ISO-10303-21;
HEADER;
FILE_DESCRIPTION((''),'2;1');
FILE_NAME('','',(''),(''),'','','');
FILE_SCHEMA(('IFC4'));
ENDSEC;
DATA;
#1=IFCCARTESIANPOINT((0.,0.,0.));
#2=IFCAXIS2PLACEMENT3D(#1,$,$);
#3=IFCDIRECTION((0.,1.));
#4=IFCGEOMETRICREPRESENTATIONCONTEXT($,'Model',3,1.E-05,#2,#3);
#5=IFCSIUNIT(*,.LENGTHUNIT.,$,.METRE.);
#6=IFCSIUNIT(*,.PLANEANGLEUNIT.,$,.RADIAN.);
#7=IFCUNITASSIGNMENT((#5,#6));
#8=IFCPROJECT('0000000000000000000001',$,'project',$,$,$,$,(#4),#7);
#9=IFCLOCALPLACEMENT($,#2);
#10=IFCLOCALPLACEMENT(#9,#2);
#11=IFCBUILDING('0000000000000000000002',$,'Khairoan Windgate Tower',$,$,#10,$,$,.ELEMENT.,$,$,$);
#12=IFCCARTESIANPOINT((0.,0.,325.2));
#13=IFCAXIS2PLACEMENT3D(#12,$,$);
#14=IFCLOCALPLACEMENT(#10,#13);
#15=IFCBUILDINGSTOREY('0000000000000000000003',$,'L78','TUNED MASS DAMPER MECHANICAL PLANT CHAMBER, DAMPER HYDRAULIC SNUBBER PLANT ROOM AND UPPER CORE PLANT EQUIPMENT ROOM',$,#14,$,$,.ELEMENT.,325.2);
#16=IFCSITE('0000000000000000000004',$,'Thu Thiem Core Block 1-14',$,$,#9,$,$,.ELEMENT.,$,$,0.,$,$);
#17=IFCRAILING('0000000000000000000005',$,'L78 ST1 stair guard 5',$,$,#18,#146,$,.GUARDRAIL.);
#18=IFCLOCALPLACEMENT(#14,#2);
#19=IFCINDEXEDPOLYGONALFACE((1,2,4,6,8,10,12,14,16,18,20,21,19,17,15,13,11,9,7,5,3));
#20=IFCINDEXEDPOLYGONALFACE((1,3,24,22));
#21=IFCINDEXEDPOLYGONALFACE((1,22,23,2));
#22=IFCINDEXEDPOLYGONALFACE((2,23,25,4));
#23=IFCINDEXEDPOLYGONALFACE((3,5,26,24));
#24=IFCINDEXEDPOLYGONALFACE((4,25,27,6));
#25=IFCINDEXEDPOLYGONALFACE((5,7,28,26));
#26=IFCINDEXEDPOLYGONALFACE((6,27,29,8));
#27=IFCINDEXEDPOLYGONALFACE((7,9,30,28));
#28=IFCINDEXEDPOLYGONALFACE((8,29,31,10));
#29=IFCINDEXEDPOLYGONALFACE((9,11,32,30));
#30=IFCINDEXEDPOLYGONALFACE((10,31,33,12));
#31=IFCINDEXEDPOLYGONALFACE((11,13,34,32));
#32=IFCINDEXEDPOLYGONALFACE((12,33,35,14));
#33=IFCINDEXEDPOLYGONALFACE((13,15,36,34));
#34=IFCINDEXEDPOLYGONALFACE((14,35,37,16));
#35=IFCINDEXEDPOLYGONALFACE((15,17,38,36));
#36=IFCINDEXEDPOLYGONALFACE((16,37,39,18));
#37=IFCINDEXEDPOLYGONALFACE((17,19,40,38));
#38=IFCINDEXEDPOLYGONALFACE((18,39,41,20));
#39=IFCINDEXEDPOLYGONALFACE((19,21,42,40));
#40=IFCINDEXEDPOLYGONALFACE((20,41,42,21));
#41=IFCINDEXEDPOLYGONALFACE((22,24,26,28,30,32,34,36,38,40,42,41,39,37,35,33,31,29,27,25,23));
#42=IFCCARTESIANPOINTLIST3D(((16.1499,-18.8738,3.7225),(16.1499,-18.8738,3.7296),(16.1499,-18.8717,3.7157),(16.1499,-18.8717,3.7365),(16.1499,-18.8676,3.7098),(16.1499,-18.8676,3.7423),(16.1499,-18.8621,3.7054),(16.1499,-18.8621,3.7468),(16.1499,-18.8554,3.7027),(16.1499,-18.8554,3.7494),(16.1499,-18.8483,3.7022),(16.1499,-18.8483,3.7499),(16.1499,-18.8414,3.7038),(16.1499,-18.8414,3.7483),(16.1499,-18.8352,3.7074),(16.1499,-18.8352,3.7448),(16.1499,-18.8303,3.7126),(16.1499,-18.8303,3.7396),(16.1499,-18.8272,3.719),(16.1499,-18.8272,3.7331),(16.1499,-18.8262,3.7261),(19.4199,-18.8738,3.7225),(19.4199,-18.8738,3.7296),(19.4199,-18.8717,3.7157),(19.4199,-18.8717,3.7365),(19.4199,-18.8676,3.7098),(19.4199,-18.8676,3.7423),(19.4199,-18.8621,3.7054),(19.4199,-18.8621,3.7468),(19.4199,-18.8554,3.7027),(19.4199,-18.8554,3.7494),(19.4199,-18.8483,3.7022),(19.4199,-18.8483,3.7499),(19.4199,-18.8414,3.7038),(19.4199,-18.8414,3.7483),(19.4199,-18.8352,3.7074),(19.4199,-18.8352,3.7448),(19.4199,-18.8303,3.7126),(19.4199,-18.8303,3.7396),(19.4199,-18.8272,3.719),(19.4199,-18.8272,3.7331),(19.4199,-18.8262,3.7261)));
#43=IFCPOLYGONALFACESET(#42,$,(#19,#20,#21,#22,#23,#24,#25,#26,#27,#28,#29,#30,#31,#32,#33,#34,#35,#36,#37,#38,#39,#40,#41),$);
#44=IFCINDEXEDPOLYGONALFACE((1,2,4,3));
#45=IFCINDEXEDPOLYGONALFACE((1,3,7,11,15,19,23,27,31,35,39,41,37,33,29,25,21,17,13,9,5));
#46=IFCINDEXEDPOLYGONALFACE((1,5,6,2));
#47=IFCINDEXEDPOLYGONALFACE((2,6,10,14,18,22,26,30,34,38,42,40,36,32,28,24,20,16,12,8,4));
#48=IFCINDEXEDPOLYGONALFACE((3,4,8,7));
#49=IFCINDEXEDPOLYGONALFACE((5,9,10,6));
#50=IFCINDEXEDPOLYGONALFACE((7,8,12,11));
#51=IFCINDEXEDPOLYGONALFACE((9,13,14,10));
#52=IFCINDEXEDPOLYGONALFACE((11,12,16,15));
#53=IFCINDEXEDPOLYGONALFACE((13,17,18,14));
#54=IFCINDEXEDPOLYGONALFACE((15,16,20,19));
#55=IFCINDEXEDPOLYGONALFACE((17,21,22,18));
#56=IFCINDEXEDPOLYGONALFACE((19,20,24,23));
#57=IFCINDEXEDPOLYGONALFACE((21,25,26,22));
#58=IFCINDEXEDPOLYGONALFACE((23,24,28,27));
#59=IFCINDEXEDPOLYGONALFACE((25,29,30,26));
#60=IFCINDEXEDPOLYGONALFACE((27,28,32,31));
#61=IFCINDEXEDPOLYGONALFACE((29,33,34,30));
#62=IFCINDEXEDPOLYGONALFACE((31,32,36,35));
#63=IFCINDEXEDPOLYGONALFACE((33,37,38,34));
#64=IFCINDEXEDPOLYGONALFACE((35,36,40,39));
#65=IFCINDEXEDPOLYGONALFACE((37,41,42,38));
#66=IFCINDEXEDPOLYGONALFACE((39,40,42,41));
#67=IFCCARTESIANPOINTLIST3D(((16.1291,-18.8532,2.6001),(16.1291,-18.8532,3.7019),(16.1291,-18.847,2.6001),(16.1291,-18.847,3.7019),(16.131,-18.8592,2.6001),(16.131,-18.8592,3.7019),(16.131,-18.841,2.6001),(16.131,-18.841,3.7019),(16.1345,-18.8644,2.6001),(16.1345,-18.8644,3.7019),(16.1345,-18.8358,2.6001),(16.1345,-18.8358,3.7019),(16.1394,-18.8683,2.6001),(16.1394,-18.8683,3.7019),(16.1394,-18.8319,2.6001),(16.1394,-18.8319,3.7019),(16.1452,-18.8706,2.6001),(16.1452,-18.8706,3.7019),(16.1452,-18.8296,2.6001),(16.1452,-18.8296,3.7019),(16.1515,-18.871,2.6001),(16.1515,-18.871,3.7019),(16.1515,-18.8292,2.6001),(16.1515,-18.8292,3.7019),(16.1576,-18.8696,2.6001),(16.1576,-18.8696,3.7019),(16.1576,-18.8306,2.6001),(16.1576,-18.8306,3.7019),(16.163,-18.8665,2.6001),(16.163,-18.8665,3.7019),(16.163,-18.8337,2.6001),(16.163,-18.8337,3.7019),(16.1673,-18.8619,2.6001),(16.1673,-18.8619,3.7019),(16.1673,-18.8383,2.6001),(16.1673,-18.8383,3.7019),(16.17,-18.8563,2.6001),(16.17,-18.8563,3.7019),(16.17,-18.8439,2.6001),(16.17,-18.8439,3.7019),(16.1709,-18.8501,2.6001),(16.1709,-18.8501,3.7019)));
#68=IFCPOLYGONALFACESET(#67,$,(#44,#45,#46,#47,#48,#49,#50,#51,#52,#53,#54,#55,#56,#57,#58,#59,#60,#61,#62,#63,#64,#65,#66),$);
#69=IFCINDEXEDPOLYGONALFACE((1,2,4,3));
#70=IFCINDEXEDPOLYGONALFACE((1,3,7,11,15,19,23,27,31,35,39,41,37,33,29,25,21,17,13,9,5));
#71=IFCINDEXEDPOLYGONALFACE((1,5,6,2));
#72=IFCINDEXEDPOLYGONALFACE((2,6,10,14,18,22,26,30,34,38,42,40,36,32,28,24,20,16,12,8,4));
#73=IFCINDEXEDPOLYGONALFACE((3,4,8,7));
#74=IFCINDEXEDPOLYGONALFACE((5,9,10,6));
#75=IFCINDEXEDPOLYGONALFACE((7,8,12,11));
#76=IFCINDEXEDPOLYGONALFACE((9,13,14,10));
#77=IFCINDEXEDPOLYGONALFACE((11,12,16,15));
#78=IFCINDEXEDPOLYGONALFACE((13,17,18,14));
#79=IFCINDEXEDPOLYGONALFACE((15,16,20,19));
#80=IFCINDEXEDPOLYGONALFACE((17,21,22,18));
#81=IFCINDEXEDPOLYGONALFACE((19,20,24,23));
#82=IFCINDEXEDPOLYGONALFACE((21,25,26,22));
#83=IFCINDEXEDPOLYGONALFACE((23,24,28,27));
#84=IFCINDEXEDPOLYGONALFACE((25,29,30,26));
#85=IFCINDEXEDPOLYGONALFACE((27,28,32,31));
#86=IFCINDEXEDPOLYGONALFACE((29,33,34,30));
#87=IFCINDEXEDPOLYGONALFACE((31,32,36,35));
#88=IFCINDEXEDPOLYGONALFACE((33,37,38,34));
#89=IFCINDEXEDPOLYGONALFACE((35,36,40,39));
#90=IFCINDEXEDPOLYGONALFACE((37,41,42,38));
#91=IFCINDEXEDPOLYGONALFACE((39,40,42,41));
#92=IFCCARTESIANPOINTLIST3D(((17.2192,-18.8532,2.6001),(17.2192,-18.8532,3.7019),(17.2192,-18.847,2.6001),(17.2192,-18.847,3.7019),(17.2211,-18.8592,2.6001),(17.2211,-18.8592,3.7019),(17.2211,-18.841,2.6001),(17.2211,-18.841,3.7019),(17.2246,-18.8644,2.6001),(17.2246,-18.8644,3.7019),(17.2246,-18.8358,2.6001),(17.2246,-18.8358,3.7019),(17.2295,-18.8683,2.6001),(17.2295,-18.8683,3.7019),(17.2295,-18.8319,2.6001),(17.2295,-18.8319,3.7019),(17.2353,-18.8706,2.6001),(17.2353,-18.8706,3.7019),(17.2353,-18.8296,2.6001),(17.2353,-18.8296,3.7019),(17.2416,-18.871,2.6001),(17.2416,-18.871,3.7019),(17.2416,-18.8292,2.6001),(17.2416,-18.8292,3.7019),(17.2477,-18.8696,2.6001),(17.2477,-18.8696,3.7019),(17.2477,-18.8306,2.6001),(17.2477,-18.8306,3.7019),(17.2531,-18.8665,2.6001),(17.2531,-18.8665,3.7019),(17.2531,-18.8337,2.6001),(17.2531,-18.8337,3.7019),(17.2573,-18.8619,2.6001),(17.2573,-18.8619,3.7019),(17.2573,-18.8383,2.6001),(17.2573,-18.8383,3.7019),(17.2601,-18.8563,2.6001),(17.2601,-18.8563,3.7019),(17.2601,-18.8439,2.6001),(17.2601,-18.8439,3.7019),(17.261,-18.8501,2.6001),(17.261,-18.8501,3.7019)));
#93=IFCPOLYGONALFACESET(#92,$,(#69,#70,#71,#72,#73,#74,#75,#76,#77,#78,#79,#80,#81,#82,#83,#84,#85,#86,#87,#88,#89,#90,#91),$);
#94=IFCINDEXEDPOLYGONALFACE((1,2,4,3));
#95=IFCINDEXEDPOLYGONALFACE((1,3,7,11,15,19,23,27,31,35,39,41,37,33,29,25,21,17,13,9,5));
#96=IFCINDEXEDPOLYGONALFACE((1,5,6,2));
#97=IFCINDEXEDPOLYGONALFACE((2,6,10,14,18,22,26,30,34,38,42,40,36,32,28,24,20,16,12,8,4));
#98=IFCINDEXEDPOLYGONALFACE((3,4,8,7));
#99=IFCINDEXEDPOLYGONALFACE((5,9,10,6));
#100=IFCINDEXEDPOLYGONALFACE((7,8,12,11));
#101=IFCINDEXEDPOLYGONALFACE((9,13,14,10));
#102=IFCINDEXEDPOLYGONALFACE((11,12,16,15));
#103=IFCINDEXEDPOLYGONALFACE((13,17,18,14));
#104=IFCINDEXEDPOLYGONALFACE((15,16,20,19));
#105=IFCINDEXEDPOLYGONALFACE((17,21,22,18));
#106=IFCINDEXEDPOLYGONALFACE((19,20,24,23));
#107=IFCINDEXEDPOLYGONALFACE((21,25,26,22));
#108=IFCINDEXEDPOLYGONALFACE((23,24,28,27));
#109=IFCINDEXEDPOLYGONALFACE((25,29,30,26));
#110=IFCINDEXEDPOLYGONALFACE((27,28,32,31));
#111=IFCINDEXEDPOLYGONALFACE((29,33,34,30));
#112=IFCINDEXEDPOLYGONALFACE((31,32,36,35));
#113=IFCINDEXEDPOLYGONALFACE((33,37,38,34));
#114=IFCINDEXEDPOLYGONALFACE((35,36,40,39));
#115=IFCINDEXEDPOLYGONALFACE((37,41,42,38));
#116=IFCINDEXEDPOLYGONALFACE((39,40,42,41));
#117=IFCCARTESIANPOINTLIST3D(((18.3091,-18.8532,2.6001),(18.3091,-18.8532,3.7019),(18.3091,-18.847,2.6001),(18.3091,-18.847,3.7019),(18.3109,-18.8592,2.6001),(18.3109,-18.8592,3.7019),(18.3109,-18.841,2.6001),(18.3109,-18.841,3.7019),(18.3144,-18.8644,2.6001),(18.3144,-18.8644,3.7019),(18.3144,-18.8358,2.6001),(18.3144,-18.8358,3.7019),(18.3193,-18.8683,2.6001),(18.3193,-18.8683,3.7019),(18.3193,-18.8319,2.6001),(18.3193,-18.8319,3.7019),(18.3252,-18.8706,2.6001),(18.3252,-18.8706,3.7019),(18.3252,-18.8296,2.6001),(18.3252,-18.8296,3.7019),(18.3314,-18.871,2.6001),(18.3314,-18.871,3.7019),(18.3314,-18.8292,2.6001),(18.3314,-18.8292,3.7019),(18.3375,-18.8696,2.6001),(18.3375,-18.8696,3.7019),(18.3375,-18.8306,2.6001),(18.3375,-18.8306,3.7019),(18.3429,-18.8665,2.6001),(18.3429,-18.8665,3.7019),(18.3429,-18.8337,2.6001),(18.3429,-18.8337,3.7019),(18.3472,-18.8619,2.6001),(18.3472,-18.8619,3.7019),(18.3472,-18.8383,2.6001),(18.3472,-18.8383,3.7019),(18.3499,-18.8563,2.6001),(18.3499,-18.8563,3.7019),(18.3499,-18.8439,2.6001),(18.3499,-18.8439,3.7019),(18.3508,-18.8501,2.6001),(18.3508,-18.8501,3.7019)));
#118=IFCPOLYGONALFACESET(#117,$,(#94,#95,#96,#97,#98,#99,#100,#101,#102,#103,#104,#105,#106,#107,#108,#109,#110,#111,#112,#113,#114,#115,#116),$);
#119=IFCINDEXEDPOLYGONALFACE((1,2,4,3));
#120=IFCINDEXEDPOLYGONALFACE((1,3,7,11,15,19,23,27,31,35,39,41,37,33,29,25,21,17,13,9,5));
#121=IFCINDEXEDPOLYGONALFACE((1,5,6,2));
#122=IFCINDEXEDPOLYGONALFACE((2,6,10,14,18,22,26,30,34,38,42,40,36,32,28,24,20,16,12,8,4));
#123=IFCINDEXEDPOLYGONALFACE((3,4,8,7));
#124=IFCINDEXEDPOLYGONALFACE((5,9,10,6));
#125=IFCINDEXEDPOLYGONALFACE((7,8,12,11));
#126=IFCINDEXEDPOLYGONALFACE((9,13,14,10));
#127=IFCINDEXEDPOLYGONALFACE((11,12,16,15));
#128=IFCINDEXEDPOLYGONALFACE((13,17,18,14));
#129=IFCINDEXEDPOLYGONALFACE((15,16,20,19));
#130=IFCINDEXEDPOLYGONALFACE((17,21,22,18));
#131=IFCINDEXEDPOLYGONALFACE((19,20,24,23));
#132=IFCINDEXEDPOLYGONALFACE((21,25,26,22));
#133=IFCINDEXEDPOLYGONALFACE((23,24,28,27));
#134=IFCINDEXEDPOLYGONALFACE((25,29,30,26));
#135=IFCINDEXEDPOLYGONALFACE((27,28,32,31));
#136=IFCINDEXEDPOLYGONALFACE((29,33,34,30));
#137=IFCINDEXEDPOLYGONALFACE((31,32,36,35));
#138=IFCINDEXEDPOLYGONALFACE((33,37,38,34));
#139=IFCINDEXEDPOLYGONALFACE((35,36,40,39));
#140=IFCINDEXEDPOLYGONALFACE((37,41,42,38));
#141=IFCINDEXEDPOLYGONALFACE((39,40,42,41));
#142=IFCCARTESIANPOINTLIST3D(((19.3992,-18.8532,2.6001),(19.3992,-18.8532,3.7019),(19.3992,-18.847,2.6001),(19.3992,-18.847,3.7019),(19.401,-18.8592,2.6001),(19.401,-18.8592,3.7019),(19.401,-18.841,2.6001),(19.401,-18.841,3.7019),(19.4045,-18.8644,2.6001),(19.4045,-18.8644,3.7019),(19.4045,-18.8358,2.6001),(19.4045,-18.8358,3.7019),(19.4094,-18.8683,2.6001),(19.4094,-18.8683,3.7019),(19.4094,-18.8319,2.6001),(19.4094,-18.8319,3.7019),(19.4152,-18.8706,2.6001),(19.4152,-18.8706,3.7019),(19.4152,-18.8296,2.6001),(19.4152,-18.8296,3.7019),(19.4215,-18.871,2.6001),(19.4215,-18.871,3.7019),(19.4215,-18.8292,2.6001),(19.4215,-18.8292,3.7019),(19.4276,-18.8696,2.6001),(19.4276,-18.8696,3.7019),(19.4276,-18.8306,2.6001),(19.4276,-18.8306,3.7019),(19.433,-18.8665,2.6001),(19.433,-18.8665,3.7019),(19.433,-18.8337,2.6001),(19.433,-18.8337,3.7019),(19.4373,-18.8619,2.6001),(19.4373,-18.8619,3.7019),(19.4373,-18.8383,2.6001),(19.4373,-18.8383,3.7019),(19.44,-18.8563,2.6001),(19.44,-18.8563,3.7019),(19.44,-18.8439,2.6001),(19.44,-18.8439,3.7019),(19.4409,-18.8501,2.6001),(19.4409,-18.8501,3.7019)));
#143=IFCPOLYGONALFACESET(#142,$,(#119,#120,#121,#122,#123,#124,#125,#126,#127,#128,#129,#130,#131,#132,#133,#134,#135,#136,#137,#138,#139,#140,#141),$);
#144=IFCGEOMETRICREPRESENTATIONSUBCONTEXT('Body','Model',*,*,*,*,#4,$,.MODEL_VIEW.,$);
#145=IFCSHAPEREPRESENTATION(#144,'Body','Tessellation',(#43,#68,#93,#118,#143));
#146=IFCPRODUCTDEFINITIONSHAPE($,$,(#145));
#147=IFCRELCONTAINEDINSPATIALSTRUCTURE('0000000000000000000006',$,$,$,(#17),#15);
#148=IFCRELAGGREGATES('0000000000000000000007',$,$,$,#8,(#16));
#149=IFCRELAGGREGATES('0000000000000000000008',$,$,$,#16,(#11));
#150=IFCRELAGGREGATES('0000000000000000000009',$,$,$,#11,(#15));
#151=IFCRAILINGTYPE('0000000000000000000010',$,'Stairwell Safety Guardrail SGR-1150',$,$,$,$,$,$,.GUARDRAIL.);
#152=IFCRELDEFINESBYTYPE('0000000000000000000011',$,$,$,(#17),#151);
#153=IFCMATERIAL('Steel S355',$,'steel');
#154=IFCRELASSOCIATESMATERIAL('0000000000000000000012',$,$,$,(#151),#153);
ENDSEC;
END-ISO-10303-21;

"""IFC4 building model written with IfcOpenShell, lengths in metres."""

from ifc_helpers import new_model, si_unit, direction, frame, origin, origin_2d, place, context, subcontext, project, spatial, circle, extrude, material, type_object, element, save


model = new_model("IFC4")

# Units and contexts
model_context = context("Model", 3, precision=1e-05, world=origin(), true_north=direction((0.0, 1.0)))
body_context = subcontext(model_context, "Body", "Model", "MODEL_VIEW")
ifc_project = project(units=[si_unit("LENGTHUNIT", "METRE"), si_unit("PLANEANGLEUNIT", "RADIAN")], contexts=[model_context])

# Site, building, storey
site_placement = place(None, origin())
site = spatial("IfcSite", under=ifc_project, at=site_placement, Name="Thu Thiem Core Block 1-14", CompositionType="ELEMENT", RefElevation=0.0)
building_placement = place(site_placement, origin())
building = spatial("IfcBuilding", under=site, at=building_placement, Name="Khairoan Windgate Tower", CompositionType="ELEMENT")
storey_placement = place(building_placement, frame((0.0, 0.0, 325.2)))
storey = spatial("IfcBuildingStorey", under=building, at=storey_placement, Name="L78", Description="TUNED MASS DAMPER MECHANICAL PLANT CHAMBER, DAMPER HYDRAULIC SNUBBER PLANT ROOM AND UPPER CORE PLANT EQUIPMENT ROOM", CompositionType="ELEMENT", Elevation=325.2)

# Railing
ifc_material_1 = material(Name="Steel S355", Category="steel")
railing_type_1 = type_object("IfcRailingType", Name="Stairwell Safety Guardrail SGR-1150", PredefinedType="GUARDRAIL", material=ifc_material_1)
railing_1_placement = place(storey_placement, frame((16.1499, -18.8501, 2.6001)))
element("IfcRailing", 1, at=railing_1_placement, inside=storey, type_object=railing_type_1, Name="L78 ST1 stair guard 5", PredefinedType="GUARDRAIL", context=body_context, shape_type="SweptSolid", body=[
    extrude(circle(Radius=0.0239, at=origin_2d()), frame((0.0, 0.0, 1.126), z_axis=(1.0, 0.0, 0.0), x_axis=(0.0, 1.0, 0.0)), (0.0, 0.0, 1.0), 3.27),
    extrude(circle(Radius=0.021, at=origin_2d()), origin(), (0.0, 0.0, 1.0), 1.1018),
    extrude(circle(Radius=0.021, at=origin_2d()), frame((1.0901, 0.0, 0.0)), (0.0, 0.0, 1.0), 1.1018),
    extrude(circle(Radius=0.021, at=origin_2d()), frame((2.1799, 0.0, 0.0)), (0.0, 0.0, 1.0), 1.1018),
    extrude(circle(Radius=0.021, at=origin_2d()), frame((3.27, 0.0, 0.0)), (0.0, 0.0, 1.0), 1.1018),
])

save(model, "model.ifc")
